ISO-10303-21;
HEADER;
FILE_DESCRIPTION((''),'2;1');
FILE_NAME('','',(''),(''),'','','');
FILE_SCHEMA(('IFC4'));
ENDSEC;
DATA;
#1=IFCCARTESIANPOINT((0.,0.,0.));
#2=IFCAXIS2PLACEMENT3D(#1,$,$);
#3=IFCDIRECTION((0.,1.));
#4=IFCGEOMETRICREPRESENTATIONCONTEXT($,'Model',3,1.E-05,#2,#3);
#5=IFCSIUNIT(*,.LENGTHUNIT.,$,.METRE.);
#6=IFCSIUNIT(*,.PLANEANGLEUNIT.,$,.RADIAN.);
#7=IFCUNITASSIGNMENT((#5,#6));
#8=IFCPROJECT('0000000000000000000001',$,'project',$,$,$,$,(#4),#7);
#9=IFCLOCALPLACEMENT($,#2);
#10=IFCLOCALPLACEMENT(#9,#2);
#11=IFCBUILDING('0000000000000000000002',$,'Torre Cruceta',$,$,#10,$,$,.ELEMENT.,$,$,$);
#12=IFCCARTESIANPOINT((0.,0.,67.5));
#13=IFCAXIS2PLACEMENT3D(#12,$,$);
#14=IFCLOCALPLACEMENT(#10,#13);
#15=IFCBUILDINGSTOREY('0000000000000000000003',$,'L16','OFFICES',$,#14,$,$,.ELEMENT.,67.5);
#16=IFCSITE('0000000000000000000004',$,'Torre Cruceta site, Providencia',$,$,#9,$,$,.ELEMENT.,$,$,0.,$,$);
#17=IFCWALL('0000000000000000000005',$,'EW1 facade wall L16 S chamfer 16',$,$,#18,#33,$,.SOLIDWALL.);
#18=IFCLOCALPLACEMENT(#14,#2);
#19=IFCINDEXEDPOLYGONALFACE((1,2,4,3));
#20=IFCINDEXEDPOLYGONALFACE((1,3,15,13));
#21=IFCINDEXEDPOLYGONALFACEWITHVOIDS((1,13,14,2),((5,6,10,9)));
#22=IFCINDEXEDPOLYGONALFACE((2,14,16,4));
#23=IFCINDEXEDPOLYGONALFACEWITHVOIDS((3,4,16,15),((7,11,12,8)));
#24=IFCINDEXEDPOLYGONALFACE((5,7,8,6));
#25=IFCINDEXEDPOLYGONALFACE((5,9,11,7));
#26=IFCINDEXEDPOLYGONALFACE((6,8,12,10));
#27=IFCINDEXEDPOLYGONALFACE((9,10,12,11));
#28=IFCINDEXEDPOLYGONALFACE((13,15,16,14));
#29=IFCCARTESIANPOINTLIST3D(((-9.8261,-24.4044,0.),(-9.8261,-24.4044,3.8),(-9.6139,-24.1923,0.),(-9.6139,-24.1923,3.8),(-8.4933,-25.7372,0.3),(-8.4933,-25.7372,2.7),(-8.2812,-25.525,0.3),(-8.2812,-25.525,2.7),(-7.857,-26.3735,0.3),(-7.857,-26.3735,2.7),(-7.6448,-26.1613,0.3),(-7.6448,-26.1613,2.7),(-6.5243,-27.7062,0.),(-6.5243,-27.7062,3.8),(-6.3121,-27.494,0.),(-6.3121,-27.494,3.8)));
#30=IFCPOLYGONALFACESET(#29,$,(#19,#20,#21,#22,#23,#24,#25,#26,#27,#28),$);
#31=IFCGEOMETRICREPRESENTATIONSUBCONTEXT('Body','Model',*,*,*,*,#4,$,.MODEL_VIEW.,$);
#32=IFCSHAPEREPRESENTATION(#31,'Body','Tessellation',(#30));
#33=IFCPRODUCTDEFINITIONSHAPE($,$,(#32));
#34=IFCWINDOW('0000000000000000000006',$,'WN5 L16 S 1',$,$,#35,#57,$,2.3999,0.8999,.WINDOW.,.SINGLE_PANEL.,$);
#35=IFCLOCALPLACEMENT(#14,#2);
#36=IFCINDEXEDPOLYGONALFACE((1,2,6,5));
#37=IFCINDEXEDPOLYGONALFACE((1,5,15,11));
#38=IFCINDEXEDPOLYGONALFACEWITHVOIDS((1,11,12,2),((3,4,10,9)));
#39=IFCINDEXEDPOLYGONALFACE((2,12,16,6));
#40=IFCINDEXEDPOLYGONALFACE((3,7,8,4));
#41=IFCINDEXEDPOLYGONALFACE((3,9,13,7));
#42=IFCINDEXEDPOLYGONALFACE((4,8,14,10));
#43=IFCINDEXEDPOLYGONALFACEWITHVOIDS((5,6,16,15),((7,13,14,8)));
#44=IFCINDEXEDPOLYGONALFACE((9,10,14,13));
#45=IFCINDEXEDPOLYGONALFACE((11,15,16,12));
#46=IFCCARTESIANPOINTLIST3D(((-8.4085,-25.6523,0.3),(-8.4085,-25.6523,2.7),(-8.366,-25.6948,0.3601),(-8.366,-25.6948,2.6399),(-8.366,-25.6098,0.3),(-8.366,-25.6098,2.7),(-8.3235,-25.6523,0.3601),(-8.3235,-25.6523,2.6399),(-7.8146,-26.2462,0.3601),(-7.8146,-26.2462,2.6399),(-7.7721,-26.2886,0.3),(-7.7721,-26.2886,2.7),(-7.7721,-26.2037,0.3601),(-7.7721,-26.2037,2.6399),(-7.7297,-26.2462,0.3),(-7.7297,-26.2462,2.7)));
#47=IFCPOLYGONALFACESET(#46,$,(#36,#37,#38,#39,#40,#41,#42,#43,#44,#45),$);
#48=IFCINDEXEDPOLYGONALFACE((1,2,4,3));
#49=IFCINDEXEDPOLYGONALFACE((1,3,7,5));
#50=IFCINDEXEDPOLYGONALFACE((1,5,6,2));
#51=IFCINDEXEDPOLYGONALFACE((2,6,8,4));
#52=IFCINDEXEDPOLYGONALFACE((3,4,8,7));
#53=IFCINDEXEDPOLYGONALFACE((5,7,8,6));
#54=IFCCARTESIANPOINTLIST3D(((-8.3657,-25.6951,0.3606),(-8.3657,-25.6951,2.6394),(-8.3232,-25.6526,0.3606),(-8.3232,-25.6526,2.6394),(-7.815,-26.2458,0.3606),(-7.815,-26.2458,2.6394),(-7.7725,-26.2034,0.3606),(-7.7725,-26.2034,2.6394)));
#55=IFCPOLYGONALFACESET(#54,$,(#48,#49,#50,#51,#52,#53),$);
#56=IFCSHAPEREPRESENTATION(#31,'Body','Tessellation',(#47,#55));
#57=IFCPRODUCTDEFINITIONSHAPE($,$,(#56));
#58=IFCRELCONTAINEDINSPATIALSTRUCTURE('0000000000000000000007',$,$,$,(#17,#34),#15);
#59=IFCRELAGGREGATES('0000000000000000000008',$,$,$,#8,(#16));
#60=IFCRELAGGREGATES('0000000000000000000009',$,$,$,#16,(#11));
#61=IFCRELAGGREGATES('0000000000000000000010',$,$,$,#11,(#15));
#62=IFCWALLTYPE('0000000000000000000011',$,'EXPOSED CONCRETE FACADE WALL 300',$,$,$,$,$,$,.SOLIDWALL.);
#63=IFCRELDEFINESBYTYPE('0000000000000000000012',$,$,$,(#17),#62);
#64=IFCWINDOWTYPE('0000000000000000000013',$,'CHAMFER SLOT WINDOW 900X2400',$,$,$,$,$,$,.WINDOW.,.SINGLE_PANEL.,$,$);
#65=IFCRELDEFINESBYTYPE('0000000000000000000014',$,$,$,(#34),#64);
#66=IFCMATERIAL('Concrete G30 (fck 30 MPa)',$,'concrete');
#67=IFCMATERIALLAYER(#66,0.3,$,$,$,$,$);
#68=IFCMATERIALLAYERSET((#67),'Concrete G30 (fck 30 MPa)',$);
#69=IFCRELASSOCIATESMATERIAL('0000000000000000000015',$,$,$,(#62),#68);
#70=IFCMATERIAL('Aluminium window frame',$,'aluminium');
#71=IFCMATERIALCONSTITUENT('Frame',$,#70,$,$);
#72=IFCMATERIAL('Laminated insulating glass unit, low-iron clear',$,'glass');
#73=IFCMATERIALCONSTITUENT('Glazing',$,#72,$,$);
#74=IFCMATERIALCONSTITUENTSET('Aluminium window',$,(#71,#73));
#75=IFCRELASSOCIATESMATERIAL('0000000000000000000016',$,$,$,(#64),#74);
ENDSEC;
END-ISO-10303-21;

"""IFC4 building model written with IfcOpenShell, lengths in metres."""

from ifc_helpers import new_model, si_unit, direction, frame, frame_2d, origin, place, context, subcontext, project, spatial, rectangle, hollow_rectangle, extrude, material, layer, layer_set, constituent, constituent_set, type_object, element, fill, save


model = new_model("IFC4")

# Units and contexts
model_context = context("Model", 3, precision=1e-05, world=origin(), true_north=direction((0.0, 1.0)))
body_context = subcontext(model_context, "Body", "Model", "MODEL_VIEW")
ifc_project = project(units=[si_unit("LENGTHUNIT", "METRE"), si_unit("PLANEANGLEUNIT", "RADIAN")], contexts=[model_context])

# Site, building, storey
site_placement = place(None, origin())
site = spatial("IfcSite", under=ifc_project, at=site_placement, Name="Torre Cruceta site, Providencia", CompositionType="ELEMENT", RefElevation=0.0)
building_placement = place(site_placement, origin())
building = spatial("IfcBuilding", under=site, at=building_placement, Name="Torre Cruceta", CompositionType="ELEMENT")
storey_placement = place(building_placement, frame((0.0, 0.0, 67.5)))
storey = spatial("IfcBuildingStorey", under=building, at=storey_placement, Name="L16", Description="OFFICES", CompositionType="ELEMENT", Elevation=67.5)

# Wall, opening, window
ifc_material_1 = material(Name="Concrete G30 (fck 30 MPa)", Category="concrete")
ifc_layer_1 = layer(ifc_material_1, 0.3)
ifc_layer_set_1 = layer_set([ifc_layer_1], Name="Concrete G30 (fck 30 MPa)")
wall_type = type_object("IfcWallType", Name="EXPOSED CONCRETE FACADE WALL 300", PredefinedType="SOLIDWALL", material=ifc_layer_set_1)
wall_placement = place(storey_placement, frame((-9.72, -24.2983, 0.0), z_axis=(0.0, 0.0, 1.0), x_axis=(0.707107, -0.707107, 0.0)))
wall = element("IfcWall", 1, at=wall_placement, inside=storey, type_object=wall_type, Name="EW1 facade wall L16 S chamfer 16", PredefinedType="SOLIDWALL", context=body_context, shape_type="SweptSolid", body=[
    extrude(rectangle(XDim=4.6694, YDim=0.3, at=frame_2d((2.3347, 0.0))), origin(), (0.0, 0.0, 1.0), 3.8),
])
opening_placement = place(wall_placement, frame((1.8848, 0.0, 0.3)))
opening = element("IfcOpeningElement", 2, at=opening_placement, cuts=wall, PredefinedType="OPENING", context=body_context, shape_type="SweptSolid", body=[
    extrude(rectangle(XDim=0.8999, YDim=2.3999, at=frame_2d((0.45, 1.2))), frame((0.0, 0.1599, 0.0), z_axis=(0.0, -1.0, 0.0), x_axis=(1.0, 0.0, 0.0)), (0.0, 0.0, 1.0), 0.3201),
])
ifc_material_2 = material(Name="Aluminium window frame", Category="aluminium")
ifc_constituent_1 = constituent(ifc_material_2, Name="Frame")
ifc_material_3 = material(Name="Laminated insulating glass unit, low-iron clear", Category="glass")
ifc_constituent_2 = constituent(ifc_material_3, Name="Glazing")
ifc_constituent_set = constituent_set(constituents=[ifc_constituent_1, ifc_constituent_2], Name="Aluminium window")
window_type = type_object("IfcWindowType", Name="CHAMFER SLOT WINDOW 900X2400", PartitioningType="SINGLE_PANEL", PredefinedType="WINDOW", material=ifc_constituent_set)
window_placement = place(opening_placement, origin())
window = element("IfcWindow", 3, at=window_placement, inside=storey, type_object=window_type, Name="WN5 L16 S 1", OverallHeight=2.3999, OverallWidth=0.8999, PartitioningType="SINGLE_PANEL", PredefinedType="WINDOW", context=body_context, shape_type="SweptSolid", body=[
    extrude(hollow_rectangle(XDim=0.8999, YDim=2.3999, WallThickness=0.0601, at=frame_2d((0.45, 1.2))), frame((0.0, 0.03, 0.0), z_axis=(0.0, -1.0, 0.0), x_axis=(1.0, 0.0, 0.0)), (0.0, 0.0, 1.0), 0.0601),
    extrude(rectangle(XDim=0.7788, YDim=2.2788, at=frame_2d((0.45, 1.2))), frame((0.0, 0.03, 0.0), z_axis=(0.0, -1.0, 0.0), x_axis=(1.0, 0.0, 0.0)), (0.0, 0.0, 1.0), 0.0601),
])
fill(opening, window)

save(model, "model.ifc")
